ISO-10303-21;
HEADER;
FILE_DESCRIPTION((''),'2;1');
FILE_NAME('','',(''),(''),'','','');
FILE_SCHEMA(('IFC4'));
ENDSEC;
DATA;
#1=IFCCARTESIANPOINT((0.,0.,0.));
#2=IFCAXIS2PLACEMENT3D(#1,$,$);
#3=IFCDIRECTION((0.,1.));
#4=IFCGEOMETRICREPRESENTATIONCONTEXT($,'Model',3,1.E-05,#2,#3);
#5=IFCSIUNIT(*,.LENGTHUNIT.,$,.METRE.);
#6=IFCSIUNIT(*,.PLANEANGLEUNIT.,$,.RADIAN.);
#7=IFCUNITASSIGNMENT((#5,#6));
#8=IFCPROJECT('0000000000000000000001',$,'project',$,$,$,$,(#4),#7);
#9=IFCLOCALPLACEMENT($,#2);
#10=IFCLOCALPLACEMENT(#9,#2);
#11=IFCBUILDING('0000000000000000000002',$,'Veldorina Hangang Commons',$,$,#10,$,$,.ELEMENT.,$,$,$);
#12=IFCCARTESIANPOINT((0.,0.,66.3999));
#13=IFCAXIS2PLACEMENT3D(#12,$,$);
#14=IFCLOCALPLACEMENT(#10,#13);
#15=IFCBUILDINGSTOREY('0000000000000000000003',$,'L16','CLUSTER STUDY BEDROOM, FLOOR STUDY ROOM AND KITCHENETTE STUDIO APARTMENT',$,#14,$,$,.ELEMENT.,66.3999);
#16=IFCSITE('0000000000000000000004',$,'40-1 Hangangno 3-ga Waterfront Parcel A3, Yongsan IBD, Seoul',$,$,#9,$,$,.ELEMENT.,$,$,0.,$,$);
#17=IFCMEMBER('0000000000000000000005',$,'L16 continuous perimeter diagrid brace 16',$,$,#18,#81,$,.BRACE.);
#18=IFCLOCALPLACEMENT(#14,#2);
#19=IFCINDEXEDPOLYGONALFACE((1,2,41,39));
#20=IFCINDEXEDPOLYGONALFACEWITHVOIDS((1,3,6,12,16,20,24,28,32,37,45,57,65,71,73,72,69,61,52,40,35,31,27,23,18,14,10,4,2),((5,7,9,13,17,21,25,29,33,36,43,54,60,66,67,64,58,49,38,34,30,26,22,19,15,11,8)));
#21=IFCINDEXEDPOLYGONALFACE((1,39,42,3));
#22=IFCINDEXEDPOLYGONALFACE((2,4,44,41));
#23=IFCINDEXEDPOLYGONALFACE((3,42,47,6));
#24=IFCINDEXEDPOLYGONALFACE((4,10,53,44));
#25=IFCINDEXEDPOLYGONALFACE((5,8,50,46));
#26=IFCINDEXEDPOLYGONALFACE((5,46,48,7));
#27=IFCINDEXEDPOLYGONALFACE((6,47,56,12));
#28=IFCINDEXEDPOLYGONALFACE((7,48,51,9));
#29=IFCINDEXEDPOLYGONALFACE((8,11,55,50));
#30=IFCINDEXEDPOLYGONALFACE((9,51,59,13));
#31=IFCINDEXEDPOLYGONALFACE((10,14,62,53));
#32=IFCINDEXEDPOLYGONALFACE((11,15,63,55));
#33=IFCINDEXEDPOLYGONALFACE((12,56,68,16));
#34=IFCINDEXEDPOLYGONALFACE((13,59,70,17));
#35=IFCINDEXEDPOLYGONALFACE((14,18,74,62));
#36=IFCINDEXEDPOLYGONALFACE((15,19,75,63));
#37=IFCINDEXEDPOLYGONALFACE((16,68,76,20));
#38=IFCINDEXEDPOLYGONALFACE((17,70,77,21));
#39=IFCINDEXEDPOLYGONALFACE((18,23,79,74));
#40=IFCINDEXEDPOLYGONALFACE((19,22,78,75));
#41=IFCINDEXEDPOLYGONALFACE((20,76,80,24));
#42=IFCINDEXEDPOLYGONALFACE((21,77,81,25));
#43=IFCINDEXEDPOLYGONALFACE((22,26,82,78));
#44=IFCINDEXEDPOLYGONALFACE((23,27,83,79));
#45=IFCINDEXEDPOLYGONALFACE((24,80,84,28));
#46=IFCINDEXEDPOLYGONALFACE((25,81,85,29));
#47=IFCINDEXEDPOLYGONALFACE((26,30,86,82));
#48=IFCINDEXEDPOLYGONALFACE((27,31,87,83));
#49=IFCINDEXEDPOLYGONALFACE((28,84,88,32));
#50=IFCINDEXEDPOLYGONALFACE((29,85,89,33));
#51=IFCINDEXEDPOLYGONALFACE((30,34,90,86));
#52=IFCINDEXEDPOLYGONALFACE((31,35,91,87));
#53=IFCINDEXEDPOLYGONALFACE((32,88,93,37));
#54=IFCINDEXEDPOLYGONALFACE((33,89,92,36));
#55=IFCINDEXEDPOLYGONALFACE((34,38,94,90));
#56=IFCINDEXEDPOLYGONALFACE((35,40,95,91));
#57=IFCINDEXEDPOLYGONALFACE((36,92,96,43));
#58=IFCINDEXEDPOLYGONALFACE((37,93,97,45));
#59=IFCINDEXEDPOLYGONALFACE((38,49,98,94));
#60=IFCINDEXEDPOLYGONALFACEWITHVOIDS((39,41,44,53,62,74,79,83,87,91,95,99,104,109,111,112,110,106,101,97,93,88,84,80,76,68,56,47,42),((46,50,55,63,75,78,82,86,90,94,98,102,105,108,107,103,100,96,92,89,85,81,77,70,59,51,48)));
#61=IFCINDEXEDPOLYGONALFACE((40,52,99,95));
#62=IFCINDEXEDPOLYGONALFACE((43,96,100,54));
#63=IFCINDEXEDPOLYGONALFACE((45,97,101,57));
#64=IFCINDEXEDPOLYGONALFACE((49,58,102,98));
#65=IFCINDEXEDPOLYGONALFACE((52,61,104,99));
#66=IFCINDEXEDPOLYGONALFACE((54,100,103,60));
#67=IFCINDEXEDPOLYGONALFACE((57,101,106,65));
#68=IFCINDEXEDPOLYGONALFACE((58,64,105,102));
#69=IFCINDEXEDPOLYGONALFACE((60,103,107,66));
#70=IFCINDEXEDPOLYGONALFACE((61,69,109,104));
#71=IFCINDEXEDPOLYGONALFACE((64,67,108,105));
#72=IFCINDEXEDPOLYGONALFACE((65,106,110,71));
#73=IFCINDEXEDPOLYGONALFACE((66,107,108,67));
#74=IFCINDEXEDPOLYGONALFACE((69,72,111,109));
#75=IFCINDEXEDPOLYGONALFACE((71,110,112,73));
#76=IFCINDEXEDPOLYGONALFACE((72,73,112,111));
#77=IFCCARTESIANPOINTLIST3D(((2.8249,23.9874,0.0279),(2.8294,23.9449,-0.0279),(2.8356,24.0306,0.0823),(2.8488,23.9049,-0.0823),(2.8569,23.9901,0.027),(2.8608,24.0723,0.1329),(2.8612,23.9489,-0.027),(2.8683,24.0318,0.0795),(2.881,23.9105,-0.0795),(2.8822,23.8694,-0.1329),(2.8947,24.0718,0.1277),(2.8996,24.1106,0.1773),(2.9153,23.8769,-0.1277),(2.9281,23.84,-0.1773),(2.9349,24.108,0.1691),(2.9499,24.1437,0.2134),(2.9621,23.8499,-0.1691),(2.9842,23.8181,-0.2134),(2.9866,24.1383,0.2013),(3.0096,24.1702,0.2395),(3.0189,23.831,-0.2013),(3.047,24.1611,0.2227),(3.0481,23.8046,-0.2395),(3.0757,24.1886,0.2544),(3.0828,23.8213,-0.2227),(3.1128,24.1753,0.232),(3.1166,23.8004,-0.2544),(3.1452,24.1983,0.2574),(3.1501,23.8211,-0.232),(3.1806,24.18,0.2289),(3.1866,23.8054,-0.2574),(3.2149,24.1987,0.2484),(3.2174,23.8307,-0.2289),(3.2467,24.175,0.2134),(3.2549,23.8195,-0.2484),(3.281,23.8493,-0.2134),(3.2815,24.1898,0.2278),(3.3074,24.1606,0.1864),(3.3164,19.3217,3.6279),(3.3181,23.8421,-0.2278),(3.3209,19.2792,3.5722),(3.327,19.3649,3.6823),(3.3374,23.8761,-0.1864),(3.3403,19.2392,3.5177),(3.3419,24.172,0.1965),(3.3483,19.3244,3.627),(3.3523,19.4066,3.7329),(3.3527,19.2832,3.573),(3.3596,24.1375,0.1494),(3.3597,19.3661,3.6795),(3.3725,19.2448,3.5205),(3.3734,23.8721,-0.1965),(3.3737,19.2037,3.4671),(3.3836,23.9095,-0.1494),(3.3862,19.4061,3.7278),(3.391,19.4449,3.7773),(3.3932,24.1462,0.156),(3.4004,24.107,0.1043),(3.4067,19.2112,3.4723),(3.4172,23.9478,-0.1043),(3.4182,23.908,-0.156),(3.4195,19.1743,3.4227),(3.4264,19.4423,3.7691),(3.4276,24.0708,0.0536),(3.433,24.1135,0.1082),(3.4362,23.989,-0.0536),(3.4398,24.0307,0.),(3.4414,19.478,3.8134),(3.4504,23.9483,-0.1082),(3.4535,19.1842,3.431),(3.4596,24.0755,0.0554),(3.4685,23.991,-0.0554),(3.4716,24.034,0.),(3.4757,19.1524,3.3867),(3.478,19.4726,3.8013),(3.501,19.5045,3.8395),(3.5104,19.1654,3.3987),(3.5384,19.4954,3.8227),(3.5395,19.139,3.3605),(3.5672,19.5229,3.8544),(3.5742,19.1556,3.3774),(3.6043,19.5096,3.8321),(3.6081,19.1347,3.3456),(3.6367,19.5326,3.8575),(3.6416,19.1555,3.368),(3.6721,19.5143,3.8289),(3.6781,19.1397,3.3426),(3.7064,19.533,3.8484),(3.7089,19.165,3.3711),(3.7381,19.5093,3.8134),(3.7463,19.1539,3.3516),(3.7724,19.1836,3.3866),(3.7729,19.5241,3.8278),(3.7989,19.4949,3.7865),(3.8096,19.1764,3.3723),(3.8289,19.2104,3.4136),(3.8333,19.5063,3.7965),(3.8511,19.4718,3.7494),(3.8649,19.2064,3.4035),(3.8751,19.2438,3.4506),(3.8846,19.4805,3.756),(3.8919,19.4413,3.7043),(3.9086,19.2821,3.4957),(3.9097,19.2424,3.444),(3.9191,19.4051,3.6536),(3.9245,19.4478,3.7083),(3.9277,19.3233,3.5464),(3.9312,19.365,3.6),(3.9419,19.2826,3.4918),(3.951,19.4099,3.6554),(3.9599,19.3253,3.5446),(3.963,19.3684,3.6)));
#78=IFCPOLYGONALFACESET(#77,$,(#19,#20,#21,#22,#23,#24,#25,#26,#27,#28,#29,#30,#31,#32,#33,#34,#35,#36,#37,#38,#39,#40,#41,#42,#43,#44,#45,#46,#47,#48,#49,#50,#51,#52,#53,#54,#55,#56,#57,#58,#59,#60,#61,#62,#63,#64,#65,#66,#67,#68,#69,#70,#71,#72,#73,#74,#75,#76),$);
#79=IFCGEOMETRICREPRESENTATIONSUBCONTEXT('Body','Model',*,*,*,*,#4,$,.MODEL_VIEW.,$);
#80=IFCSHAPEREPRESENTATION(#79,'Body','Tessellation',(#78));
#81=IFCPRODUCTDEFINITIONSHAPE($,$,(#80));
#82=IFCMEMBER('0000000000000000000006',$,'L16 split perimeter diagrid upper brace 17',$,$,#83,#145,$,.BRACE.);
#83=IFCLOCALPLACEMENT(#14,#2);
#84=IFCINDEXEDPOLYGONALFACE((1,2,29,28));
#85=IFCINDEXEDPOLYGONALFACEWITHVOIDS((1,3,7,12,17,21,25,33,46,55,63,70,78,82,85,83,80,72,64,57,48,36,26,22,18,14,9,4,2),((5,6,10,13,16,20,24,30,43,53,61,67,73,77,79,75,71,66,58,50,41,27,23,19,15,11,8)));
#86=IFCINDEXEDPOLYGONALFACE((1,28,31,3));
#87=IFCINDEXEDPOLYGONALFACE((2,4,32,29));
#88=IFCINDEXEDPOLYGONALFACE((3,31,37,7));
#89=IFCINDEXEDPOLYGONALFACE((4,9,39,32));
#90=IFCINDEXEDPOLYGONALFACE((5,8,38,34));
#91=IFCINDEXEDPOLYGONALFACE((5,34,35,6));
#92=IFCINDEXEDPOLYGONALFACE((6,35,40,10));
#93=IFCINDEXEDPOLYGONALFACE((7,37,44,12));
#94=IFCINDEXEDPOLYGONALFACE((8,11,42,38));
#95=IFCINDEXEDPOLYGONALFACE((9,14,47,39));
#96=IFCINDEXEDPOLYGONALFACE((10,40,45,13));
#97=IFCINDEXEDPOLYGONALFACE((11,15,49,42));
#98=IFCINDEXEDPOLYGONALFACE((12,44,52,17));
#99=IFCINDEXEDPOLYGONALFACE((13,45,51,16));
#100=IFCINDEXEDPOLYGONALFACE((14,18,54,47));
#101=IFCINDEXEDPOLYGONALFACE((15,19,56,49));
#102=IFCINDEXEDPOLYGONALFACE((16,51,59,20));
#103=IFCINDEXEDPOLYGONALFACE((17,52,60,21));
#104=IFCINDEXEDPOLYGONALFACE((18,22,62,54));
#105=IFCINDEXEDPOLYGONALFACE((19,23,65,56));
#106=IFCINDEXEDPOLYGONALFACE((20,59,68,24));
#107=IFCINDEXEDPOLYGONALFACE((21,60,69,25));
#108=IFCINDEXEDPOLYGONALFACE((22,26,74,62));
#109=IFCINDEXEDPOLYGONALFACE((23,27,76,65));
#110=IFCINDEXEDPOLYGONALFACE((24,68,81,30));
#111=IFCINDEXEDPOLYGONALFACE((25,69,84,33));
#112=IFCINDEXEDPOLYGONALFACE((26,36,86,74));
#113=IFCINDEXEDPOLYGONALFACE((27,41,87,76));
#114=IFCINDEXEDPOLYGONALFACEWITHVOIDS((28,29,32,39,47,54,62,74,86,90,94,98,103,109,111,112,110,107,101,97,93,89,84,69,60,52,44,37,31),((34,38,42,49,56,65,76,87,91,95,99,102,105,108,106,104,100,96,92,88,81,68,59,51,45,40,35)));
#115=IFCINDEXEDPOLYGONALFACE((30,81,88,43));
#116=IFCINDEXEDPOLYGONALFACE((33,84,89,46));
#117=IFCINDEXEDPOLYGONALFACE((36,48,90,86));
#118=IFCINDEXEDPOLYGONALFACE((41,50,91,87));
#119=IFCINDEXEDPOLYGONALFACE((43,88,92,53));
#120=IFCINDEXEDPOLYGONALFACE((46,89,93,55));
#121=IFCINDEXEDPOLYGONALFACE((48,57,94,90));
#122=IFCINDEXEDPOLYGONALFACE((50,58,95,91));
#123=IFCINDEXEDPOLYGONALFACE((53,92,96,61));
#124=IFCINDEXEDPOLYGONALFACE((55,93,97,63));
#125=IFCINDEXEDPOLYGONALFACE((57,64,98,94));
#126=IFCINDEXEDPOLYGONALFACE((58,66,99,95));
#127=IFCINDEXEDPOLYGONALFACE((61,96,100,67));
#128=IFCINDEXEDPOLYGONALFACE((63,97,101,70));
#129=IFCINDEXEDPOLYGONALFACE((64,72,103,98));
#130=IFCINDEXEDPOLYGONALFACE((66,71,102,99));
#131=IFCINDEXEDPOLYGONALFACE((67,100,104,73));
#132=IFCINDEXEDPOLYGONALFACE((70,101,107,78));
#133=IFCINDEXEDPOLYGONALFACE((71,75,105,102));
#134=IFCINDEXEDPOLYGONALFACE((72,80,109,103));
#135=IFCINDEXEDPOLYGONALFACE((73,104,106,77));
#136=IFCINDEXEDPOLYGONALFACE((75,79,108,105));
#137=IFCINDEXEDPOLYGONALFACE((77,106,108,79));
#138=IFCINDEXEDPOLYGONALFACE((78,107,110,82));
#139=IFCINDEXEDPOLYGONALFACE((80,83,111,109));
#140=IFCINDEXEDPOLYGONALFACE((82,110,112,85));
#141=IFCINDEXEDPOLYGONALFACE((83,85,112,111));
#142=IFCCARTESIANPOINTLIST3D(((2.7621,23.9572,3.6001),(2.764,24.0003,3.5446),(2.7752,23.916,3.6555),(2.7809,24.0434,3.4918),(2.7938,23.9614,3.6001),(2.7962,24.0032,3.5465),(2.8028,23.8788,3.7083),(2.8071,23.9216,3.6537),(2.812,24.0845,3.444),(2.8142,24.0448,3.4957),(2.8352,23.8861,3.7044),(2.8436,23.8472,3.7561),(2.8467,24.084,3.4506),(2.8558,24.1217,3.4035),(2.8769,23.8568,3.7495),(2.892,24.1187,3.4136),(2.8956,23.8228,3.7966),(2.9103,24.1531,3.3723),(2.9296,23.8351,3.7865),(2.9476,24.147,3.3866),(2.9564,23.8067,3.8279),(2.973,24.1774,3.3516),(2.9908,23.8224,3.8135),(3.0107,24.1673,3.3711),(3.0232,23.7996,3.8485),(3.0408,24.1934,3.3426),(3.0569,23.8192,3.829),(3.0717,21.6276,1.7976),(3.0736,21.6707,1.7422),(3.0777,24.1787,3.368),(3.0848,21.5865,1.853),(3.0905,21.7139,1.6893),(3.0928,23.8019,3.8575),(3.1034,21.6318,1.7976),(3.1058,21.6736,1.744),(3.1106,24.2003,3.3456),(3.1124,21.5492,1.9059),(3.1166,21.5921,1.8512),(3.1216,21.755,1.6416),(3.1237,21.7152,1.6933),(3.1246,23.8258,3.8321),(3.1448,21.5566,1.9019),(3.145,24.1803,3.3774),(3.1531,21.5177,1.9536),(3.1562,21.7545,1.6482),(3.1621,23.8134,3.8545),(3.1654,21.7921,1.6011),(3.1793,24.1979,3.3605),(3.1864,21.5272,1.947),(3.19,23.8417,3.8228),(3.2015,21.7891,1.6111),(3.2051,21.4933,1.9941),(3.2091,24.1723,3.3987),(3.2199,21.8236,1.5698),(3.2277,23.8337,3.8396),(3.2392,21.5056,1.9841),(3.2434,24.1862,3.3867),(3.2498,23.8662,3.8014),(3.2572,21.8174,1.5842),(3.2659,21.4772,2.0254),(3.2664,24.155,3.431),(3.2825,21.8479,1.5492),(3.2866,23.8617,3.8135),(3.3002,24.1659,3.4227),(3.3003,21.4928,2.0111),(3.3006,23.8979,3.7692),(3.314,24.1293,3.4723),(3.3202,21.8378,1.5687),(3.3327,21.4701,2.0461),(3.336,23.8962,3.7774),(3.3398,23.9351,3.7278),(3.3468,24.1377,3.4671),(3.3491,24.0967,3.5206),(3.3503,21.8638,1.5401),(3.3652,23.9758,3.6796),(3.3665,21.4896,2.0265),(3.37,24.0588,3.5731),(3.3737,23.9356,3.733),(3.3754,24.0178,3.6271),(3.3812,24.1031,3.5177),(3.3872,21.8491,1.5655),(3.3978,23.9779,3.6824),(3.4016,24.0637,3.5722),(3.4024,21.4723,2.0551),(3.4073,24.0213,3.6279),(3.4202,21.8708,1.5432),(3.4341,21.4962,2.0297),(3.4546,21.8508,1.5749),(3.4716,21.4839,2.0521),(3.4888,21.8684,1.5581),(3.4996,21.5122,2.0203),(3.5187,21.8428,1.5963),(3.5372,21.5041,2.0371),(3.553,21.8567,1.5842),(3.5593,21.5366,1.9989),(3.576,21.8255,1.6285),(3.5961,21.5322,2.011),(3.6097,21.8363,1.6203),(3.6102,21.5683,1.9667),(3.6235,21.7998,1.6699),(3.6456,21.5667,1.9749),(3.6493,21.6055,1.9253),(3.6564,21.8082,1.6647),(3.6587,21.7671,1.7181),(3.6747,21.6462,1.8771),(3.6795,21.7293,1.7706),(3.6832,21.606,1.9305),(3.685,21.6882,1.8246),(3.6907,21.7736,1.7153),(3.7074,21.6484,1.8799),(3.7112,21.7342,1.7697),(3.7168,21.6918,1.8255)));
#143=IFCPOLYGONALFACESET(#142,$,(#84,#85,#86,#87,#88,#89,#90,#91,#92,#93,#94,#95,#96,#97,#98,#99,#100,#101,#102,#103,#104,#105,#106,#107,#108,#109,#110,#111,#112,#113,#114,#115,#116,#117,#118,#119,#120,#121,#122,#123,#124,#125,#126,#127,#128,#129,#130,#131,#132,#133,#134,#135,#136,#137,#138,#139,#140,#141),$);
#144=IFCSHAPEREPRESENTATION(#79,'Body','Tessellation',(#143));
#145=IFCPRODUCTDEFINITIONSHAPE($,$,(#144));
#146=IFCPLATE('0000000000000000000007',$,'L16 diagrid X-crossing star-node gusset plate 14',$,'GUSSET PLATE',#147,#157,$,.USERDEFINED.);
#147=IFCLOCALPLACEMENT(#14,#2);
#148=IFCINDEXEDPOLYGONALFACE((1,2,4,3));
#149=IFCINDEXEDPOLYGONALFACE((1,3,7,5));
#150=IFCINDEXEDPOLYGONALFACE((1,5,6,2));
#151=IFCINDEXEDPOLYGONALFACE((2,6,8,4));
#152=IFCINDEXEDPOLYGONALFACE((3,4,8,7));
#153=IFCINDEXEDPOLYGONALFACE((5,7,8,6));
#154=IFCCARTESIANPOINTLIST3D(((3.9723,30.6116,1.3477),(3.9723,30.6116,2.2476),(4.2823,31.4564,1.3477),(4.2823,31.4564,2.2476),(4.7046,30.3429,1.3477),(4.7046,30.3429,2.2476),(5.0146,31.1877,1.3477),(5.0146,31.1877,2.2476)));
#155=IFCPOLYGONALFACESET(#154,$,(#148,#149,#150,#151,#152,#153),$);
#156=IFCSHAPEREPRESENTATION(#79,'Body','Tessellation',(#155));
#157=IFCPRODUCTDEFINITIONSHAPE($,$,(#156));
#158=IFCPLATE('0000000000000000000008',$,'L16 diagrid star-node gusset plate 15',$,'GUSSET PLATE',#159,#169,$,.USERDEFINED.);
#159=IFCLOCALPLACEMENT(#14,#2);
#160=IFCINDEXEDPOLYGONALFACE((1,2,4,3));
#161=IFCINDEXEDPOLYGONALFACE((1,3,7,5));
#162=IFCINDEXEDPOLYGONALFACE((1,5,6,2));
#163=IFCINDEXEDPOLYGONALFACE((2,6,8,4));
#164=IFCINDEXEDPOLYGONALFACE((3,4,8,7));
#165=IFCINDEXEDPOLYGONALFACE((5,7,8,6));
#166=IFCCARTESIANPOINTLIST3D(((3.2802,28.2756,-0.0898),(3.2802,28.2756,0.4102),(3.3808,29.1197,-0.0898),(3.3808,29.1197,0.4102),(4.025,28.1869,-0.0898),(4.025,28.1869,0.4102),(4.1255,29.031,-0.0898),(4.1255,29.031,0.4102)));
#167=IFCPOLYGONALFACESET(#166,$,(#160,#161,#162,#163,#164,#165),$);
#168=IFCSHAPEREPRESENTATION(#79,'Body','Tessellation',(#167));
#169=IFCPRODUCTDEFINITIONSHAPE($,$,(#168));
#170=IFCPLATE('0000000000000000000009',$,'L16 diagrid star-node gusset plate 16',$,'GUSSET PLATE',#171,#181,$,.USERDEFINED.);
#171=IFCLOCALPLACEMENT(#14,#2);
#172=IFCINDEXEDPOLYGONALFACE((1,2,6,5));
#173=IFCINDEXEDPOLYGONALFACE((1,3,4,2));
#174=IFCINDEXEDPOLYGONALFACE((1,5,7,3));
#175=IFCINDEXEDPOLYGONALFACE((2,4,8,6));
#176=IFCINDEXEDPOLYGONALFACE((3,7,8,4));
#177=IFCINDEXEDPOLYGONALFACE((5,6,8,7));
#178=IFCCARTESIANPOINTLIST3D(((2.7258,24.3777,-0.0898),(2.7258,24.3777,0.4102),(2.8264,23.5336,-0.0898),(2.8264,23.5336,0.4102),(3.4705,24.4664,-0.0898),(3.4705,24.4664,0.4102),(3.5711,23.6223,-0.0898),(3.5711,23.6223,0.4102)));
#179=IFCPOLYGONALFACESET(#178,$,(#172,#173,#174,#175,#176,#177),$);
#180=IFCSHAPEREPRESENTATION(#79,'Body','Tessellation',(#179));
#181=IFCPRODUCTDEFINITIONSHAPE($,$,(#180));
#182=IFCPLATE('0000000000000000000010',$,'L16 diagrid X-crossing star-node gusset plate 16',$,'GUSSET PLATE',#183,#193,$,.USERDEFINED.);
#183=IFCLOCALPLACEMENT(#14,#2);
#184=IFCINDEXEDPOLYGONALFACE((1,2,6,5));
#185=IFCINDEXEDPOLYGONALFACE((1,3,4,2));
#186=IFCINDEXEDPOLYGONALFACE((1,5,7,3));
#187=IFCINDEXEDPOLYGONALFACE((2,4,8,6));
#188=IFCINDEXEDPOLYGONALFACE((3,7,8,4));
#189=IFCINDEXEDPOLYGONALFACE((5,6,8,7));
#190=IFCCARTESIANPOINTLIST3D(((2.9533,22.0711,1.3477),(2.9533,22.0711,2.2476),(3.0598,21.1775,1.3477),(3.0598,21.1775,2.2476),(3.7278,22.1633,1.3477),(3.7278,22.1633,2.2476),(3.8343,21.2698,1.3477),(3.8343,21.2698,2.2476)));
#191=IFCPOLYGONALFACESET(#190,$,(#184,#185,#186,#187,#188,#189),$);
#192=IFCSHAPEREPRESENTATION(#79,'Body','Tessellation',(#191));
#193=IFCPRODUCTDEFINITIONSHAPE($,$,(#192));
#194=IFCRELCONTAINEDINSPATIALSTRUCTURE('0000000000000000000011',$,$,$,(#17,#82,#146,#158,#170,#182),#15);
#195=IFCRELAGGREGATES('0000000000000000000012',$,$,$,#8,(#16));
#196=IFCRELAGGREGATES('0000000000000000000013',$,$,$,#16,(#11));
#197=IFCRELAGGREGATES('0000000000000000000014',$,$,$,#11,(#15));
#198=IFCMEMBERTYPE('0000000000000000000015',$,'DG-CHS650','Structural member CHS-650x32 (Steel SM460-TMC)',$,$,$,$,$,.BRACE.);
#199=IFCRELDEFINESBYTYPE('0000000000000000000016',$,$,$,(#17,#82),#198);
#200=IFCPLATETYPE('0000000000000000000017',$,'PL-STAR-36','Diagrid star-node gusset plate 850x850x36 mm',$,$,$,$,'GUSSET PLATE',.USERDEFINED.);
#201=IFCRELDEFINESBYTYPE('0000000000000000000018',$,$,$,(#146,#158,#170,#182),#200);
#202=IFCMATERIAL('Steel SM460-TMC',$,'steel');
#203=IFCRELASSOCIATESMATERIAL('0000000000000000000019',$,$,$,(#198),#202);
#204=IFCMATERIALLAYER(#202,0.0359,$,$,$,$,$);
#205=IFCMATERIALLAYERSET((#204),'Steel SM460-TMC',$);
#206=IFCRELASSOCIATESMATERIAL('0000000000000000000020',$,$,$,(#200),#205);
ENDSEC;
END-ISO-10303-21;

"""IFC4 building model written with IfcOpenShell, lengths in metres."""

from ifc_helpers import new_model, si_unit, direction, frame, origin, origin_2d, place, context, subcontext, project, spatial, rectangle, hollow_circle, extrude, material, layer, layer_set, material_profile, profile_set, type_object, element, save


model = new_model("IFC4")

# Units and contexts
model_context = context("Model", 3, precision=1e-05, world=origin(), true_north=direction((0.0, 1.0)))
body_context = subcontext(model_context, "Body", "Model", "MODEL_VIEW")
ifc_project = project(units=[si_unit("LENGTHUNIT", "METRE"), si_unit("PLANEANGLEUNIT", "RADIAN")], contexts=[model_context])

# Site, building, storey
site_placement = place(None, origin())
site = spatial("IfcSite", under=ifc_project, at=site_placement, Name="40-1 Hangangno 3-ga Waterfront Parcel A3, Yongsan IBD, Seoul", CompositionType="ELEMENT", RefElevation=0.0)
building_placement = place(site_placement, origin())
building = spatial("IfcBuilding", under=site, at=building_placement, Name="Veldorina Hangang Commons", CompositionType="ELEMENT")
storey_placement = place(building_placement, frame((0.0, 0.0, 66.3999)))
storey = spatial("IfcBuildingStorey", under=building, at=storey_placement, Name="L16", Description="CLUSTER STUDY BEDROOM, FLOOR STUDY ROOM AND KITCHENETTE STUDIO APARTMENT", CompositionType="ELEMENT", Elevation=66.3999)

# Members
ifc_material_1 = material(Name="Steel SM460-TMC", Category="steel")
ifc_material_profile_1 = material_profile(ifc_material_1, hollow_circle(Radius=0.325, WallThickness=0.032, at=origin_2d()), Name="CHS-650x32")
ifc_profile_set_1 = profile_set([ifc_material_profile_1], Name="Steel SM460-TMC")
member_type = type_object("IfcMemberType", Name="DG-CHS650", Description="Structural member CHS-650x32 (Steel SM460-TMC)", PredefinedType="BRACE", material=ifc_profile_set_1)
member_1_placement = place(storey_placement, frame((3.1484, 24.0, 0.0), z_axis=(0.083105, -0.788979, 0.608774), x_axis=(0.994498, 0.104753, 0.0)))
element("IfcMember", 1, at=member_1_placement, inside=storey, type_object=member_type, Name="L16 continuous perimeter diagrid brace 16", PredefinedType="BRACE", context=body_context, shape_type="SweptSolid", body=[
    extrude(hollow_circle(Radius=0.325, WallThickness=0.032, at=origin_2d()), origin(), (0.0, 0.0, 1.0), 5.9136),
])
member_2_placement = place(storey_placement, frame((3.3938, 21.6704, 1.7976), z_axis=(-0.104524, 0.786566, 0.608595), x_axis=(-0.991286, -0.131728, 0.0)))
element("IfcMember", 2, at=member_2_placement, inside=storey, type_object=member_type, Name="L16 split perimeter diagrid upper brace 17", PredefinedType="BRACE", context=body_context, shape_type="SweptSolid", body=[
    extrude(hollow_circle(Radius=0.325, WallThickness=0.032, at=origin_2d()), origin(), (0.0, 0.0, 1.0), 2.9617),
])

# Plates
ifc_layer_1 = layer(ifc_material_1, 0.0359)
ifc_layer_set_1 = layer_set([ifc_layer_1], Name="Steel SM460-TMC")
plate_type = type_object("IfcPlateType", Name="PL-STAR-36", Description="Diagrid star-node gusset plate 850x850x36 mm", ElementType="GUSSET PLATE", PredefinedType="USERDEFINED", material=ifc_layer_set_1)
plate_1_placement = place(storey_placement, frame((4.4934, 30.8997, 1.3477), z_axis=(0.0, 0.0, 1.0), x_axis=(-0.344479, -0.938794, 0.0)))
element("IfcPlate", 3, at=plate_1_placement, inside=storey, type_object=plate_type, Name="L16 diagrid X-crossing star-node gusset plate 14", ObjectType="GUSSET PLATE", PredefinedType="USERDEFINED", context=body_context, shape_type="SweptSolid", body=[
    extrude(rectangle(XDim=0.8999, YDim=0.78, at=origin_2d()), origin(), (0.0, 0.0, 1.0), 0.8999),
])
for number, where, z_axis, x_axis, name in (
    (4, (3.7029, 28.6533, -0.0898), (0.0, 0.0, 1.0), (-0.1183, -0.992978, 0.0), "L16 diagrid star-node gusset plate 15"),
    (5, (3.1484, 24.0, -0.0898), (0.0, 0.0, 1.0), (0.1183, -0.992978, 0.0), "L16 diagrid star-node gusset plate 16"),
):
    element("IfcPlate", number, at=place(storey_placement, frame(where, z_axis=z_axis, x_axis=x_axis)), inside=storey, type_object=plate_type, Name=name, ObjectType="GUSSET PLATE", PredefinedType="USERDEFINED", context=body_context, shape_type="SweptSolid", body=[
        extrude(rectangle(XDim=0.8501, YDim=0.75, at=origin_2d()), origin(), (0.0, 0.0, 1.0), 0.5),
    ])
plate_2_placement = place(storey_placement, frame((3.3938, 21.6704, 1.3477), z_axis=(0.0, 0.0, 1.0), x_axis=(0.1183, -0.992978, 0.0)))
element("IfcPlate", 6, at=plate_2_placement, inside=storey, type_object=plate_type, Name="L16 diagrid X-crossing star-node gusset plate 16", ObjectType="GUSSET PLATE", PredefinedType="USERDEFINED", context=body_context, shape_type="SweptSolid", body=[
    extrude(rectangle(XDim=0.8999, YDim=0.78, at=origin_2d()), origin(), (0.0, 0.0, 1.0), 0.8999),
])

save(model, "model.ifc")
